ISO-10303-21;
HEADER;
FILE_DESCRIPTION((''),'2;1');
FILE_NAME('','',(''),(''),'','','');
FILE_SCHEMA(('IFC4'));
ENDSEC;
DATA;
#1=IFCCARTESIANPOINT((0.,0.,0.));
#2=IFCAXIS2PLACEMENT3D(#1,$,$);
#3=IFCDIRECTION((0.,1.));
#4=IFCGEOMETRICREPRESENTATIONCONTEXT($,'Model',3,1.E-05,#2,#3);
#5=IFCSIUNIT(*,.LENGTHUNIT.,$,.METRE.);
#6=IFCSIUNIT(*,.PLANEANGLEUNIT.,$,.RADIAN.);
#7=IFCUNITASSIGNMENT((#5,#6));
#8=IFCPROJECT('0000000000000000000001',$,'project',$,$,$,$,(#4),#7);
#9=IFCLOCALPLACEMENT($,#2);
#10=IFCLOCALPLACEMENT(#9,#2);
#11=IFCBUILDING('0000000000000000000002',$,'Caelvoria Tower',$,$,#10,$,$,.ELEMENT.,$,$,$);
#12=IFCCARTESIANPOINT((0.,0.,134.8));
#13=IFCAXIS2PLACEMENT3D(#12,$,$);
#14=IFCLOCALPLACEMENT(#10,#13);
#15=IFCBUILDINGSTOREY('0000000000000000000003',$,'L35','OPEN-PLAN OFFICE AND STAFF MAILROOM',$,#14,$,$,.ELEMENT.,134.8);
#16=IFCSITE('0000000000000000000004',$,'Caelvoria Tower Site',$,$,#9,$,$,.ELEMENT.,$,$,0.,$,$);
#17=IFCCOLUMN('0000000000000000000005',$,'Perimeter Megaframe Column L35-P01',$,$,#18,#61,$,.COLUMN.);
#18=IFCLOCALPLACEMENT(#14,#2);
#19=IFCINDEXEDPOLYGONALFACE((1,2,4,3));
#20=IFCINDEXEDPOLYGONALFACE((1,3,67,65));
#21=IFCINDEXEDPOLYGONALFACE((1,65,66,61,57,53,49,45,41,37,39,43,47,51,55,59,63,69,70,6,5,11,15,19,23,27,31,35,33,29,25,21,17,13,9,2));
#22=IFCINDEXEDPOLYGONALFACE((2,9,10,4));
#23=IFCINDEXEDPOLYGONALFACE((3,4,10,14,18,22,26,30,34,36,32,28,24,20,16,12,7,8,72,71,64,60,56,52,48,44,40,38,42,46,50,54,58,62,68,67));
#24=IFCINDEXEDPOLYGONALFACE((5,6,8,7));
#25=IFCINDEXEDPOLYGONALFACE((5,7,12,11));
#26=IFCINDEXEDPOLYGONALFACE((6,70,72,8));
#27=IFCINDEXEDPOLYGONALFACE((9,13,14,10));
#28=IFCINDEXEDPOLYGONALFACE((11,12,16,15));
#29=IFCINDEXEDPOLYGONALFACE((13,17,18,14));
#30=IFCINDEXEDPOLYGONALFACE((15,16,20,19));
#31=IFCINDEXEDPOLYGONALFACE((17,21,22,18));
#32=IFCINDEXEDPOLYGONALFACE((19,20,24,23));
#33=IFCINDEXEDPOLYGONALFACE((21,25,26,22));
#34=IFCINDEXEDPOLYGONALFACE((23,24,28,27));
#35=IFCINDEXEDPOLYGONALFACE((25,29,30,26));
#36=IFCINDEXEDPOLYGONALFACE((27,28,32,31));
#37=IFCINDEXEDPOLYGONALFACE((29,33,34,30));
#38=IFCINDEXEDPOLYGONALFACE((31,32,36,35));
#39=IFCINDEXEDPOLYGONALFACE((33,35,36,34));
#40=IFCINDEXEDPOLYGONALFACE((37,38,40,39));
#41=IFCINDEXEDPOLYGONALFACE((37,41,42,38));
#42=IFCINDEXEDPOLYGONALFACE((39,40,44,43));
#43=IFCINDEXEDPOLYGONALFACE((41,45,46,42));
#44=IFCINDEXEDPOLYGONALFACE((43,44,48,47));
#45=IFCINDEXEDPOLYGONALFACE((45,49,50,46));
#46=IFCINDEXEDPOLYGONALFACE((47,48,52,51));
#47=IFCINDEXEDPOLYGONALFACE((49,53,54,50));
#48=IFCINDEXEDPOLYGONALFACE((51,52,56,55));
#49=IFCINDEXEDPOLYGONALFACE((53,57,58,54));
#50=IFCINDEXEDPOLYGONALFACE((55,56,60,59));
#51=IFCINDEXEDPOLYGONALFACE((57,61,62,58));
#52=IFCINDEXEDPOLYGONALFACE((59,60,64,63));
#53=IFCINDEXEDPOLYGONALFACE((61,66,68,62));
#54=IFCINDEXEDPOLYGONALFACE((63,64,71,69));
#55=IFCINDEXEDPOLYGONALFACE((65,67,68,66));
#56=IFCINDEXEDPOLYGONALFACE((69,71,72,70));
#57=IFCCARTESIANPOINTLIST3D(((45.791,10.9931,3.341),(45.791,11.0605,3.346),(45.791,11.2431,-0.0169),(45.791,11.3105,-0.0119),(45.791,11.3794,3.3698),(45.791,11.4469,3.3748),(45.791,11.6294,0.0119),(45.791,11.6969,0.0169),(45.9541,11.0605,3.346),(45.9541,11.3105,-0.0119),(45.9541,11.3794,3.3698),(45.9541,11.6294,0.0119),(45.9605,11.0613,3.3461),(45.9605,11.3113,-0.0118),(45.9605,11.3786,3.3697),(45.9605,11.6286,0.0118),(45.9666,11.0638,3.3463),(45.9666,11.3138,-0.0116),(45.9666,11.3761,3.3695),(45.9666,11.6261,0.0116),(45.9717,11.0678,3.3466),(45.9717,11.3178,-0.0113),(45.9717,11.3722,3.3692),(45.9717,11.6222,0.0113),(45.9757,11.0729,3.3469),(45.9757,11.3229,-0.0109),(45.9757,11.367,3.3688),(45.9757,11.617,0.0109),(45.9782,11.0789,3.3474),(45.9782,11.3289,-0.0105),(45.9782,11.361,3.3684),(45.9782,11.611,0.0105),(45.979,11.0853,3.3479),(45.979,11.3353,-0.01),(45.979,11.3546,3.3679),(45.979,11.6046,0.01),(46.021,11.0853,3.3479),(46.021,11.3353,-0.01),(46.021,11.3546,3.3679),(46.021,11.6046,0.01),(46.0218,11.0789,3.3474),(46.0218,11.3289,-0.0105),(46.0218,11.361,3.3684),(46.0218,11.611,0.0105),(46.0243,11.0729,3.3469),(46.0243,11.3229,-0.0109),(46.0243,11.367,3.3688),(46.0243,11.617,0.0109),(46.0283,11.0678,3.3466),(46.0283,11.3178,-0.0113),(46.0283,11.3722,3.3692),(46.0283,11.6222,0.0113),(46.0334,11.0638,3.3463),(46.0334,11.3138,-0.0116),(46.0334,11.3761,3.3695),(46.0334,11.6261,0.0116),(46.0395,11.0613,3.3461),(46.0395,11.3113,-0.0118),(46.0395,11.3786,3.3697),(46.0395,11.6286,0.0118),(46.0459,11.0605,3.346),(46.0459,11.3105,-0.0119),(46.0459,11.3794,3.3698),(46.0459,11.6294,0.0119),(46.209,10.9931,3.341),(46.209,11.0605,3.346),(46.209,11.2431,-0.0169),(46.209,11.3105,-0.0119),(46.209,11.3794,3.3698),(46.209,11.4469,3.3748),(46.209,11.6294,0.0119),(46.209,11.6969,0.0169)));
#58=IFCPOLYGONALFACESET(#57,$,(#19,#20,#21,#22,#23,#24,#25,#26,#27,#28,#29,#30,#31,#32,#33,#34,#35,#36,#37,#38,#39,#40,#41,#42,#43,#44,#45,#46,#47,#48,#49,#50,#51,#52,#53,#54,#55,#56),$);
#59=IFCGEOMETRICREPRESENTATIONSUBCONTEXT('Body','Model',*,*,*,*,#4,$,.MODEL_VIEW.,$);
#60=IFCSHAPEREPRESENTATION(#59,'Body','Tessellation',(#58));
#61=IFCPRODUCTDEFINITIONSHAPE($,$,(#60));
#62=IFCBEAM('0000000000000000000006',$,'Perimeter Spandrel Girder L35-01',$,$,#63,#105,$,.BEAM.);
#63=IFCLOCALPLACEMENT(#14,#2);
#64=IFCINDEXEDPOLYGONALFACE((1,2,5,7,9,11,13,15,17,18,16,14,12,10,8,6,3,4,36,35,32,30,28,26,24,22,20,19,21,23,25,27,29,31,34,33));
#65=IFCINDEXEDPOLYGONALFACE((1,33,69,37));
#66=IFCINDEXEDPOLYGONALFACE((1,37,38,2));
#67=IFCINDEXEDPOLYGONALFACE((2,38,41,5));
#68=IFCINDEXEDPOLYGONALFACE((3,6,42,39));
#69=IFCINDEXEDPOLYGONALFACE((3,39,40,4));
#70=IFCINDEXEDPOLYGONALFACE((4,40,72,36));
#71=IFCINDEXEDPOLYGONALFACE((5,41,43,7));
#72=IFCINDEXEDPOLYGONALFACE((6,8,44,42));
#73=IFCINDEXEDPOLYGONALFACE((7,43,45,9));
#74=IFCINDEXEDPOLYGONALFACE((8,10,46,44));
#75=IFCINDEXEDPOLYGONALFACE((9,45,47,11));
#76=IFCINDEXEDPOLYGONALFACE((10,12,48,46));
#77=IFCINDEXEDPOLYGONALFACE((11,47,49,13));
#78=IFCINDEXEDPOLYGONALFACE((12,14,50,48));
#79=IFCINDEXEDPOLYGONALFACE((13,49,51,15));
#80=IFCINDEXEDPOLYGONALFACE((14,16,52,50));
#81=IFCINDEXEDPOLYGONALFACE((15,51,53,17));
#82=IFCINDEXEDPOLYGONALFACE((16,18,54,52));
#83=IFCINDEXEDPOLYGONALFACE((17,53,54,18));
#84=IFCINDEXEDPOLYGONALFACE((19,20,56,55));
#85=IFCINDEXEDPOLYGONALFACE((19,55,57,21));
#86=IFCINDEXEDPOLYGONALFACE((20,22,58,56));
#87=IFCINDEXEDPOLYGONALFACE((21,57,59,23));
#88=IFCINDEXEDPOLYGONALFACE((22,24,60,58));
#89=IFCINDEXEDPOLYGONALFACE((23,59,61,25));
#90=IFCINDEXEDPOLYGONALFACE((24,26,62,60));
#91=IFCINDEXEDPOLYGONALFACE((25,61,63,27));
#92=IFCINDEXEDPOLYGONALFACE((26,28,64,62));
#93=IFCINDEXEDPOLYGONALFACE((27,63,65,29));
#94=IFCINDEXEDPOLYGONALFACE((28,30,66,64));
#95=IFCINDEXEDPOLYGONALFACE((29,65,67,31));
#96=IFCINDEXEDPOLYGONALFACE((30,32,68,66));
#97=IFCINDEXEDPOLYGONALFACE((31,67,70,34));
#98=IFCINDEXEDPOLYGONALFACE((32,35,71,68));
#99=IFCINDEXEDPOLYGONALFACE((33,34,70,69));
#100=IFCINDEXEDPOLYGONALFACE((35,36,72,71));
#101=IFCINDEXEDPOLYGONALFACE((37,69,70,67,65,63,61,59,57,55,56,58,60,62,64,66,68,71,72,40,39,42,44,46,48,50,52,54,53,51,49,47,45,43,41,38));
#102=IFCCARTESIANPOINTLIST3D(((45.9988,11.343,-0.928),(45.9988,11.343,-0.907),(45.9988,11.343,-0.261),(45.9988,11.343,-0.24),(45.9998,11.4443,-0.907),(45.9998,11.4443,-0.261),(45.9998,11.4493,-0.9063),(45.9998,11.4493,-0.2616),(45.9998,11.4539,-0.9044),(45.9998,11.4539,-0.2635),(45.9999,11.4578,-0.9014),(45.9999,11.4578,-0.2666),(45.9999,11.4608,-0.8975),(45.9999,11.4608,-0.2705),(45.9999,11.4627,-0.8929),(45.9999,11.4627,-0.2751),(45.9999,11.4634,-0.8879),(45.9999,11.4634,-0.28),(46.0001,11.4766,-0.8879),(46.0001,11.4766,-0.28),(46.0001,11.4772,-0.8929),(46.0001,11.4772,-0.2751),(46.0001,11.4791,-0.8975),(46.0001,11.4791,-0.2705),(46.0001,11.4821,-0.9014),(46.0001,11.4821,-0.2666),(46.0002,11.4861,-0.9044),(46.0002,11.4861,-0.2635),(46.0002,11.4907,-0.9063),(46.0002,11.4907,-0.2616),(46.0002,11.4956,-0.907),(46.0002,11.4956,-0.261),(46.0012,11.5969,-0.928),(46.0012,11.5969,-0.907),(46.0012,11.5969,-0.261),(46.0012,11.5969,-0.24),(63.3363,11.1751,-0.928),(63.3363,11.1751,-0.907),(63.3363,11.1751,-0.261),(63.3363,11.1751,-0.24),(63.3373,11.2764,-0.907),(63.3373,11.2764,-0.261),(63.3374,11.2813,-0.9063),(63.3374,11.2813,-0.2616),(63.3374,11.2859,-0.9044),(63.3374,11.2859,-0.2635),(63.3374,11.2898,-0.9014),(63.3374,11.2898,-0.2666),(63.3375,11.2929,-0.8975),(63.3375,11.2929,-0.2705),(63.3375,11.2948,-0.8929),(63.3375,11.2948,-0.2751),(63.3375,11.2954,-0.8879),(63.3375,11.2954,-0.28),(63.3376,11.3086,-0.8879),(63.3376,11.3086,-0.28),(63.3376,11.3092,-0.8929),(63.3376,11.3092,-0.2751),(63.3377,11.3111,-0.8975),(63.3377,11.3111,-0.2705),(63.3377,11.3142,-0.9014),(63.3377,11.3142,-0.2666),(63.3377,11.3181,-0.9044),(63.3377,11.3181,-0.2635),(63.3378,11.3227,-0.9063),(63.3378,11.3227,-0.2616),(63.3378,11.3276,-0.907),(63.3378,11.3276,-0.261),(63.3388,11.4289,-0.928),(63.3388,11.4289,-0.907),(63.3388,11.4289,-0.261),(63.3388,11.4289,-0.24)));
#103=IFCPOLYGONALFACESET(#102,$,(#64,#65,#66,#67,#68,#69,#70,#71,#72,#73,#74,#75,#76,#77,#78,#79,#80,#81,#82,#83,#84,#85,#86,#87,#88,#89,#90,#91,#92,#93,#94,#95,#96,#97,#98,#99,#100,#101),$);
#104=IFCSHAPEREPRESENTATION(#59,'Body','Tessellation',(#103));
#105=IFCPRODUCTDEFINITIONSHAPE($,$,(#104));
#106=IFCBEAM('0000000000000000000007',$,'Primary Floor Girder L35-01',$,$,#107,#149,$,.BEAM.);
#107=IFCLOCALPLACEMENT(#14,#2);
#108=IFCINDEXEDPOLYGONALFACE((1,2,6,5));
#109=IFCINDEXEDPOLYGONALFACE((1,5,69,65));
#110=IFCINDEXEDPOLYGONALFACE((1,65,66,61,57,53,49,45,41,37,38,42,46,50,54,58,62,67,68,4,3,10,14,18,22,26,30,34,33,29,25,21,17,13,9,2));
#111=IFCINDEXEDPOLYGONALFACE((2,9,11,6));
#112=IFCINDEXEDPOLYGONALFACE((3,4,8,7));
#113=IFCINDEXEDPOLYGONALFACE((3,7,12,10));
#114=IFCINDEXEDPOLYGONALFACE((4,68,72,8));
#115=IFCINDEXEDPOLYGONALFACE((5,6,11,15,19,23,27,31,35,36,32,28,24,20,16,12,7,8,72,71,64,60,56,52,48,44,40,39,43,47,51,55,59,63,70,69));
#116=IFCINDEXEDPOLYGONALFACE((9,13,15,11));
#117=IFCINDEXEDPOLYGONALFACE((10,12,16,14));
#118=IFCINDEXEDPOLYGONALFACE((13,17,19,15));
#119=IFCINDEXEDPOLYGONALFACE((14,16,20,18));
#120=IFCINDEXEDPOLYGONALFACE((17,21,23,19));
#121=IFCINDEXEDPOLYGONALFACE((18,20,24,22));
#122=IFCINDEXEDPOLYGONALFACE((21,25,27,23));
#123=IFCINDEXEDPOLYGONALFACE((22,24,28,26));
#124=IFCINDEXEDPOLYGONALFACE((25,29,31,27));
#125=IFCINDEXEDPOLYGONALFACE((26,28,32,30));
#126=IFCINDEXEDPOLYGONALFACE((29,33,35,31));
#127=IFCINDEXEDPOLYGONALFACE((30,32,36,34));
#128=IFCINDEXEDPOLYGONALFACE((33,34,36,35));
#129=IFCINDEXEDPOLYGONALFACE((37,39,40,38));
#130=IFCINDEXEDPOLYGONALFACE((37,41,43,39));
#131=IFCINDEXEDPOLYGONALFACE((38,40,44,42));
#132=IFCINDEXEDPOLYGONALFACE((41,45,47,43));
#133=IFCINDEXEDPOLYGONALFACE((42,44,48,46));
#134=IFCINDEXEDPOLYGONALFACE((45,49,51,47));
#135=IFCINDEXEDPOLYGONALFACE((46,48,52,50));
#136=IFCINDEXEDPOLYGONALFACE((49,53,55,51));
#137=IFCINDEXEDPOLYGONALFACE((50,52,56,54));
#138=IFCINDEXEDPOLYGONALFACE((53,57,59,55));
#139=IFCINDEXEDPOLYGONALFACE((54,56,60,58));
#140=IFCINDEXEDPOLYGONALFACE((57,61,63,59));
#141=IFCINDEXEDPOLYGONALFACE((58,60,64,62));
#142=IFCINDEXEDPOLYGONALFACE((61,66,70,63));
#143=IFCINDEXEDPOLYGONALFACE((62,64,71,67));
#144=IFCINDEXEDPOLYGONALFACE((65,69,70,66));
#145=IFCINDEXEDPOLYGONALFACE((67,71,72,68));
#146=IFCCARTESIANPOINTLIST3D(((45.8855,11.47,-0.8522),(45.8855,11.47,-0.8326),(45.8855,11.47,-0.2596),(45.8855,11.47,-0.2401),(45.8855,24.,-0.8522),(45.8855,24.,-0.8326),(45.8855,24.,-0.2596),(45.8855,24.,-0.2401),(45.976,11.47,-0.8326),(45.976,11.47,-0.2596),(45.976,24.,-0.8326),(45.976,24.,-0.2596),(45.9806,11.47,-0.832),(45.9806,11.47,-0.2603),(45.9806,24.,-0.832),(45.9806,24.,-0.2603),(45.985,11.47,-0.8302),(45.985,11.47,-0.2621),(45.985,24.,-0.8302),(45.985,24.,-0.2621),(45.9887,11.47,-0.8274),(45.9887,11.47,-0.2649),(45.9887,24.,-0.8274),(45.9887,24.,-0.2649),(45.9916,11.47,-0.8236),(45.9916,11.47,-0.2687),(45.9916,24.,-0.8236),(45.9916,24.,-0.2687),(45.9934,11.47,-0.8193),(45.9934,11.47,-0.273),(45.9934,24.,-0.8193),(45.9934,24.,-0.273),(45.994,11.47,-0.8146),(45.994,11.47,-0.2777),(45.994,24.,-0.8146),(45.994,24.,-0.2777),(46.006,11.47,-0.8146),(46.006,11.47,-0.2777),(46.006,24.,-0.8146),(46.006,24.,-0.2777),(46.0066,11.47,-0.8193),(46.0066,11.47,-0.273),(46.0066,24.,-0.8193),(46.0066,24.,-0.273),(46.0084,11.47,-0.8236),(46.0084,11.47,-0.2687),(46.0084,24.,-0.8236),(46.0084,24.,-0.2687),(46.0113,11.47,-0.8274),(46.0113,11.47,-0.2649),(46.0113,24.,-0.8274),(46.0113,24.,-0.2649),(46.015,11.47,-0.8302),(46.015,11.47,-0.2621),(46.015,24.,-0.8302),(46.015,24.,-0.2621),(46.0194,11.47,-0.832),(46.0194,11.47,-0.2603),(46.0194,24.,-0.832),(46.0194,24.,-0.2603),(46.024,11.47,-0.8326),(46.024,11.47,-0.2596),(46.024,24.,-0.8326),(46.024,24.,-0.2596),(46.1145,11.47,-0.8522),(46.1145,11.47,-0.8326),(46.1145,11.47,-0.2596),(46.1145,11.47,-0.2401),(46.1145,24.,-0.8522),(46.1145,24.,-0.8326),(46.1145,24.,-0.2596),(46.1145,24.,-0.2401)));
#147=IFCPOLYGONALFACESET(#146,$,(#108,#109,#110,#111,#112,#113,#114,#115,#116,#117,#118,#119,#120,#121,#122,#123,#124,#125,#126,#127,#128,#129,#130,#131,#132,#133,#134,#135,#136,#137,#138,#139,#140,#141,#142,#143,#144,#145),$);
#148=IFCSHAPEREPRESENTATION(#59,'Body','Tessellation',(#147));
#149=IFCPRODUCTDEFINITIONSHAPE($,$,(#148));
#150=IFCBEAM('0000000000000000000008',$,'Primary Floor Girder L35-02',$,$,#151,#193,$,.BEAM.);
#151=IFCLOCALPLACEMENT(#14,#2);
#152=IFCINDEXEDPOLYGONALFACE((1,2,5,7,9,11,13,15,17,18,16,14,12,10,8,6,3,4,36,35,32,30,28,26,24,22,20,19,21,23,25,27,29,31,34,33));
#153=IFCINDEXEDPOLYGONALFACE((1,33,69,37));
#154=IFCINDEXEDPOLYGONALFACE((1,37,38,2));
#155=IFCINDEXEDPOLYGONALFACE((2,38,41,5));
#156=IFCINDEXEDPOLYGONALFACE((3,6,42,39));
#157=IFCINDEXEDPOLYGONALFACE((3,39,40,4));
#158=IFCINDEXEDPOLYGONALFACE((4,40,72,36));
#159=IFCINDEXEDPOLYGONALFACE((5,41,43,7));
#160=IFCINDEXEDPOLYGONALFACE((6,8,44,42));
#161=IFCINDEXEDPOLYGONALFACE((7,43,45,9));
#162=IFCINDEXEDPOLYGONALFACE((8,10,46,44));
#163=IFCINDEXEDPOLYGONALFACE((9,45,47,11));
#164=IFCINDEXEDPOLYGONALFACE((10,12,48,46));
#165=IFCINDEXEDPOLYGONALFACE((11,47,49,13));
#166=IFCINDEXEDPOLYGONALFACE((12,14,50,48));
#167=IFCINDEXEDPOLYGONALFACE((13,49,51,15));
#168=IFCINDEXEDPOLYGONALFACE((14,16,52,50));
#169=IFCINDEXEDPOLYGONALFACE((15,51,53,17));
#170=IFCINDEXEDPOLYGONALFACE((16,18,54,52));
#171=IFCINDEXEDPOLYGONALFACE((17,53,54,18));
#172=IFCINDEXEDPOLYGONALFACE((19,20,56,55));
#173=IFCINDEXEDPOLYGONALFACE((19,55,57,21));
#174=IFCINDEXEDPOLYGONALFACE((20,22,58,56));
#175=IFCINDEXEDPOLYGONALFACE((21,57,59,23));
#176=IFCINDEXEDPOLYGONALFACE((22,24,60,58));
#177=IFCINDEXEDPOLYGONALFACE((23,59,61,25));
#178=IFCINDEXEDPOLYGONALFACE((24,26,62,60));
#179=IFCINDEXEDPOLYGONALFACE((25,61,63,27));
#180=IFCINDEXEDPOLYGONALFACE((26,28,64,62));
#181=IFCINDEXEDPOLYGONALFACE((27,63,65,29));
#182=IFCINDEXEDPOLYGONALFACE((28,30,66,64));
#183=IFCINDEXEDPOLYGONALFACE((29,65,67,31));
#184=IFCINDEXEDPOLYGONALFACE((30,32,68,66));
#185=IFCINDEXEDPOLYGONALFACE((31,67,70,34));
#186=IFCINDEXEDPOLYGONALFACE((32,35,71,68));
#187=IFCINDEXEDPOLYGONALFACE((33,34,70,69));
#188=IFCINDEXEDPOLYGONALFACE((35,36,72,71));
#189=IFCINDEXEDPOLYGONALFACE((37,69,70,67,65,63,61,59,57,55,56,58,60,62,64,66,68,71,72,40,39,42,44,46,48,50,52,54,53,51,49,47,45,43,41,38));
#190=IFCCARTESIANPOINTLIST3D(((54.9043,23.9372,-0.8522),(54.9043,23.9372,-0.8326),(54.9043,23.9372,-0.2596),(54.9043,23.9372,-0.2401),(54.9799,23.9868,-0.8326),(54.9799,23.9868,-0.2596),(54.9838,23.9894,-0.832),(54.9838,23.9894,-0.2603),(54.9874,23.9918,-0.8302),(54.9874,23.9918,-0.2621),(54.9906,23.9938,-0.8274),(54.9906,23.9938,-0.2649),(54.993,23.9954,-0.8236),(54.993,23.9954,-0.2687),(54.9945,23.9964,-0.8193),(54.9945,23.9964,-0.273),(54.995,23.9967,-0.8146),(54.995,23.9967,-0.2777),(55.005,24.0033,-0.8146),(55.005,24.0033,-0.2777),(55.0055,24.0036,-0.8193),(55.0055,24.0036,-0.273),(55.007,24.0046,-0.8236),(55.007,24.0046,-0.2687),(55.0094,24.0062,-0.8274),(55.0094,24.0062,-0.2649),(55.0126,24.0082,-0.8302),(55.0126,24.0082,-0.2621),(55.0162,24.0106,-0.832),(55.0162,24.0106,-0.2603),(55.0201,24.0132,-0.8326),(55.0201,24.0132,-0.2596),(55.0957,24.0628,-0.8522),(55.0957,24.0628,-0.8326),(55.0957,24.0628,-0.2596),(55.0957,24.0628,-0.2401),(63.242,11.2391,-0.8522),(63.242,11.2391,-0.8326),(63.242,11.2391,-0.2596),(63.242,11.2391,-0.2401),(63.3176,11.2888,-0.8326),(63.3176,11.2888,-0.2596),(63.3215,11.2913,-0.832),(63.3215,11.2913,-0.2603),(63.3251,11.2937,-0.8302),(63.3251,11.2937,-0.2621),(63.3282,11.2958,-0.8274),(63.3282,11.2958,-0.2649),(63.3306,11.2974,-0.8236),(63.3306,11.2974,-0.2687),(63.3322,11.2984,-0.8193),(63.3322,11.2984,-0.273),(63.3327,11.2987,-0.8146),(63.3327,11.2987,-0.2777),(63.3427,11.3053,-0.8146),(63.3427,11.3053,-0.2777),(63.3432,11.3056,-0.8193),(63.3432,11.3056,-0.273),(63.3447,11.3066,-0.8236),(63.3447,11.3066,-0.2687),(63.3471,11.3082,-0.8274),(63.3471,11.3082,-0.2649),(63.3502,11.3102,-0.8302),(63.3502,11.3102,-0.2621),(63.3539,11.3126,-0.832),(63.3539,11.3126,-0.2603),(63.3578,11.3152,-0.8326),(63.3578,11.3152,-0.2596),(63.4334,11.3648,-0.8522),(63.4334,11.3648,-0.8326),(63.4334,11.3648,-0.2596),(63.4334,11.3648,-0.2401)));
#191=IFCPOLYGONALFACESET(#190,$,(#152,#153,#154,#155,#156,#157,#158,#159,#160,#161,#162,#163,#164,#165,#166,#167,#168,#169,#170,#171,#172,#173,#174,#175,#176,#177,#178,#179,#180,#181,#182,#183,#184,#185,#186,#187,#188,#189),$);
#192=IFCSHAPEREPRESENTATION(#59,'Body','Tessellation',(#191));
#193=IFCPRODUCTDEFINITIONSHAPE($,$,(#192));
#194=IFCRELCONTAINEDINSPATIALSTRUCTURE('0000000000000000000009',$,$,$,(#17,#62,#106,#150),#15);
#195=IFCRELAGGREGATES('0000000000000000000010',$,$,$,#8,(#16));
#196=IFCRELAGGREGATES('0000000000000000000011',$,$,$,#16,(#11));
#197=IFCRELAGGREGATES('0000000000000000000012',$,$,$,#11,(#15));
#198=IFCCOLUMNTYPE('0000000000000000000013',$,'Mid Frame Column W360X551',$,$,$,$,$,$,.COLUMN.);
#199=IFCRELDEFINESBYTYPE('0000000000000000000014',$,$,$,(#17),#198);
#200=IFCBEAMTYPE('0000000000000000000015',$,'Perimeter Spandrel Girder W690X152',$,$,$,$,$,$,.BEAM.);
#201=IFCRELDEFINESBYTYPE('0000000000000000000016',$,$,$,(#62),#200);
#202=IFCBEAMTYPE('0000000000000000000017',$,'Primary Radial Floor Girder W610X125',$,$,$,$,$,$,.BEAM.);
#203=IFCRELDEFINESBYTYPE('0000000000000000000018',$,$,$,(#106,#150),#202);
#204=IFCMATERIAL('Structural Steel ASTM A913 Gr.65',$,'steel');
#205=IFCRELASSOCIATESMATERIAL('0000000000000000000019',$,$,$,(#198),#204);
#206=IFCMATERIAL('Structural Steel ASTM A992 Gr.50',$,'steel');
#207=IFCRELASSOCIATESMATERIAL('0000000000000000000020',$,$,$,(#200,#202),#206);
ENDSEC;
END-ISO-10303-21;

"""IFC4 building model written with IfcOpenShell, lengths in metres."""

from ifc_helpers import new_model, si_unit, direction, frame, origin, origin_2d, place, context, subcontext, project, spatial, i_section, extrude, material, material_profile, profile_set, type_object, element, save


model = new_model("IFC4")

# Units and contexts
model_context = context("Model", 3, precision=1e-05, world=origin(), true_north=direction((0.0, 1.0)))
body_context = subcontext(model_context, "Body", "Model", "MODEL_VIEW")
ifc_project = project(units=[si_unit("LENGTHUNIT", "METRE"), si_unit("PLANEANGLEUNIT", "RADIAN")], contexts=[model_context])

# Site, building, storey
site_placement = place(None, origin())
site = spatial("IfcSite", under=ifc_project, at=site_placement, Name="Caelvoria Tower Site", CompositionType="ELEMENT", RefElevation=0.0)
building_placement = place(site_placement, origin())
building = spatial("IfcBuilding", under=site, at=building_placement, Name="Caelvoria Tower", CompositionType="ELEMENT")
storey_placement = place(building_placement, frame((0.0, 0.0, 134.8)))
storey = spatial("IfcBuildingStorey", under=building, at=storey_placement, Name="L35", Description="OPEN-PLAN OFFICE AND STAFF MAILROOM", CompositionType="ELEMENT", Elevation=134.8)

# Column
ifc_material_1 = material(Name="Structural Steel ASTM A913 Gr.65", Category="steel")
ifc_material_profile_1 = material_profile(ifc_material_1, i_section(OverallWidth=0.418, OverallDepth=0.4551, WebThickness=0.042, FlangeThickness=0.0676, FilletRadius=0.0249, at=origin_2d()), Name="Structural Steel ASTM A913 Gr.65")
ifc_profile_set_1 = profile_set([ifc_material_profile_1], Name="W360X551 - Structural Steel ASTM A913 Gr.65")
column_type = type_object("IfcColumnType", Name="Mid Frame Column W360X551", PredefinedType="COLUMN", material=ifc_profile_set_1)
column_placement = place(storey_placement, frame((46.0, 11.47, 0.0), z_axis=(0.0, -0.074246, 0.99724), x_axis=(1.0, 0.0, 0.0)))
element("IfcColumn", 1, at=column_placement, inside=storey, type_object=column_type, Name="Perimeter Megaframe Column L35-P01", PredefinedType="COLUMN", context=body_context, shape_type="SweptSolid", body=[
    extrude(i_section(OverallWidth=0.418, OverallDepth=0.4551, WebThickness=0.042, FlangeThickness=0.0676, FilletRadius=0.0249, at=origin_2d()), origin(), (0.0, 0.0, 1.0), 3.3672),
])

# Beams
ifc_material_2 = material(Name="Structural Steel ASTM A992 Gr.50", Category="steel")
ifc_material_profile_2 = material_profile(ifc_material_2, i_section(OverallWidth=0.2539, OverallDepth=0.688, WebThickness=0.0132, FlangeThickness=0.021, FilletRadius=0.019, at=origin_2d()), Name="Structural Steel ASTM A992 Gr.50")
ifc_profile_set_2 = profile_set([ifc_material_profile_2], Name="W690X152 - Structural Steel ASTM A992 Gr.50")
beam_type_1 = type_object("IfcBeamType", Name="Perimeter Spandrel Girder W690X152", PredefinedType="BEAM", material=ifc_profile_set_2)
beam_1_placement = place(storey_placement, frame((46.0, 11.47, -0.584), z_axis=(0.999953, -0.009688, 0.0), x_axis=(0.009688, 0.999953, 0.0)))
element("IfcBeam", 2, at=beam_1_placement, inside=storey, type_object=beam_type_1, Name="Perimeter Spandrel Girder L35-01", PredefinedType="BEAM", context=body_context, shape_type="SweptSolid", body=[
    extrude(i_section(OverallWidth=0.2539, OverallDepth=0.688, WebThickness=0.0132, FlangeThickness=0.021, FilletRadius=0.019, at=origin_2d()), origin(), (0.0, 0.0, 1.0), 17.3384),
])
ifc_material_profile_3 = material_profile(ifc_material_2, i_section(OverallWidth=0.229, OverallDepth=0.6121, WebThickness=0.012, FlangeThickness=0.0195, FilletRadius=0.0181, at=origin_2d()), Name="Structural Steel ASTM A992 Gr.50")
ifc_profile_set_3 = profile_set([ifc_material_profile_3], Name="W610X125 - Structural Steel ASTM A992 Gr.50")
beam_type_2 = type_object("IfcBeamType", Name="Primary Radial Floor Girder W610X125", PredefinedType="BEAM", material=ifc_profile_set_3)
beam_2_placement = place(storey_placement, frame((46.0, 24.0, -0.5461), z_axis=(0.0, -1.0, 0.0), x_axis=(1.0, 0.0, 0.0)))
element("IfcBeam", 3, at=beam_2_placement, inside=storey, type_object=beam_type_2, Name="Primary Floor Girder L35-01", PredefinedType="BEAM", context=body_context, shape_type="SweptSolid", body=[
    extrude(i_section(OverallWidth=0.229, OverallDepth=0.6121, WebThickness=0.012, FlangeThickness=0.0195, FilletRadius=0.0181, at=origin_2d()), origin(), (0.0, 0.0, 1.0), 12.53),
])
beam_3_placement = place(storey_placement, frame((55.0, 24.0, -0.5461), z_axis=(0.548867, -0.835909, 0.0), x_axis=(0.835909, 0.548867, 0.0)))
element("IfcBeam", 4, at=beam_3_placement, inside=storey, type_object=beam_type_2, Name="Primary Floor Girder L35-02", PredefinedType="BEAM", context=body_context, shape_type="SweptSolid", body=[
    extrude(i_section(OverallWidth=0.229, OverallDepth=0.6121, WebThickness=0.012, FlangeThickness=0.0195, FilletRadius=0.0181, at=origin_2d()), origin(), (0.0, 0.0, 1.0), 15.1907),
])

save(model, "model.ifc")
